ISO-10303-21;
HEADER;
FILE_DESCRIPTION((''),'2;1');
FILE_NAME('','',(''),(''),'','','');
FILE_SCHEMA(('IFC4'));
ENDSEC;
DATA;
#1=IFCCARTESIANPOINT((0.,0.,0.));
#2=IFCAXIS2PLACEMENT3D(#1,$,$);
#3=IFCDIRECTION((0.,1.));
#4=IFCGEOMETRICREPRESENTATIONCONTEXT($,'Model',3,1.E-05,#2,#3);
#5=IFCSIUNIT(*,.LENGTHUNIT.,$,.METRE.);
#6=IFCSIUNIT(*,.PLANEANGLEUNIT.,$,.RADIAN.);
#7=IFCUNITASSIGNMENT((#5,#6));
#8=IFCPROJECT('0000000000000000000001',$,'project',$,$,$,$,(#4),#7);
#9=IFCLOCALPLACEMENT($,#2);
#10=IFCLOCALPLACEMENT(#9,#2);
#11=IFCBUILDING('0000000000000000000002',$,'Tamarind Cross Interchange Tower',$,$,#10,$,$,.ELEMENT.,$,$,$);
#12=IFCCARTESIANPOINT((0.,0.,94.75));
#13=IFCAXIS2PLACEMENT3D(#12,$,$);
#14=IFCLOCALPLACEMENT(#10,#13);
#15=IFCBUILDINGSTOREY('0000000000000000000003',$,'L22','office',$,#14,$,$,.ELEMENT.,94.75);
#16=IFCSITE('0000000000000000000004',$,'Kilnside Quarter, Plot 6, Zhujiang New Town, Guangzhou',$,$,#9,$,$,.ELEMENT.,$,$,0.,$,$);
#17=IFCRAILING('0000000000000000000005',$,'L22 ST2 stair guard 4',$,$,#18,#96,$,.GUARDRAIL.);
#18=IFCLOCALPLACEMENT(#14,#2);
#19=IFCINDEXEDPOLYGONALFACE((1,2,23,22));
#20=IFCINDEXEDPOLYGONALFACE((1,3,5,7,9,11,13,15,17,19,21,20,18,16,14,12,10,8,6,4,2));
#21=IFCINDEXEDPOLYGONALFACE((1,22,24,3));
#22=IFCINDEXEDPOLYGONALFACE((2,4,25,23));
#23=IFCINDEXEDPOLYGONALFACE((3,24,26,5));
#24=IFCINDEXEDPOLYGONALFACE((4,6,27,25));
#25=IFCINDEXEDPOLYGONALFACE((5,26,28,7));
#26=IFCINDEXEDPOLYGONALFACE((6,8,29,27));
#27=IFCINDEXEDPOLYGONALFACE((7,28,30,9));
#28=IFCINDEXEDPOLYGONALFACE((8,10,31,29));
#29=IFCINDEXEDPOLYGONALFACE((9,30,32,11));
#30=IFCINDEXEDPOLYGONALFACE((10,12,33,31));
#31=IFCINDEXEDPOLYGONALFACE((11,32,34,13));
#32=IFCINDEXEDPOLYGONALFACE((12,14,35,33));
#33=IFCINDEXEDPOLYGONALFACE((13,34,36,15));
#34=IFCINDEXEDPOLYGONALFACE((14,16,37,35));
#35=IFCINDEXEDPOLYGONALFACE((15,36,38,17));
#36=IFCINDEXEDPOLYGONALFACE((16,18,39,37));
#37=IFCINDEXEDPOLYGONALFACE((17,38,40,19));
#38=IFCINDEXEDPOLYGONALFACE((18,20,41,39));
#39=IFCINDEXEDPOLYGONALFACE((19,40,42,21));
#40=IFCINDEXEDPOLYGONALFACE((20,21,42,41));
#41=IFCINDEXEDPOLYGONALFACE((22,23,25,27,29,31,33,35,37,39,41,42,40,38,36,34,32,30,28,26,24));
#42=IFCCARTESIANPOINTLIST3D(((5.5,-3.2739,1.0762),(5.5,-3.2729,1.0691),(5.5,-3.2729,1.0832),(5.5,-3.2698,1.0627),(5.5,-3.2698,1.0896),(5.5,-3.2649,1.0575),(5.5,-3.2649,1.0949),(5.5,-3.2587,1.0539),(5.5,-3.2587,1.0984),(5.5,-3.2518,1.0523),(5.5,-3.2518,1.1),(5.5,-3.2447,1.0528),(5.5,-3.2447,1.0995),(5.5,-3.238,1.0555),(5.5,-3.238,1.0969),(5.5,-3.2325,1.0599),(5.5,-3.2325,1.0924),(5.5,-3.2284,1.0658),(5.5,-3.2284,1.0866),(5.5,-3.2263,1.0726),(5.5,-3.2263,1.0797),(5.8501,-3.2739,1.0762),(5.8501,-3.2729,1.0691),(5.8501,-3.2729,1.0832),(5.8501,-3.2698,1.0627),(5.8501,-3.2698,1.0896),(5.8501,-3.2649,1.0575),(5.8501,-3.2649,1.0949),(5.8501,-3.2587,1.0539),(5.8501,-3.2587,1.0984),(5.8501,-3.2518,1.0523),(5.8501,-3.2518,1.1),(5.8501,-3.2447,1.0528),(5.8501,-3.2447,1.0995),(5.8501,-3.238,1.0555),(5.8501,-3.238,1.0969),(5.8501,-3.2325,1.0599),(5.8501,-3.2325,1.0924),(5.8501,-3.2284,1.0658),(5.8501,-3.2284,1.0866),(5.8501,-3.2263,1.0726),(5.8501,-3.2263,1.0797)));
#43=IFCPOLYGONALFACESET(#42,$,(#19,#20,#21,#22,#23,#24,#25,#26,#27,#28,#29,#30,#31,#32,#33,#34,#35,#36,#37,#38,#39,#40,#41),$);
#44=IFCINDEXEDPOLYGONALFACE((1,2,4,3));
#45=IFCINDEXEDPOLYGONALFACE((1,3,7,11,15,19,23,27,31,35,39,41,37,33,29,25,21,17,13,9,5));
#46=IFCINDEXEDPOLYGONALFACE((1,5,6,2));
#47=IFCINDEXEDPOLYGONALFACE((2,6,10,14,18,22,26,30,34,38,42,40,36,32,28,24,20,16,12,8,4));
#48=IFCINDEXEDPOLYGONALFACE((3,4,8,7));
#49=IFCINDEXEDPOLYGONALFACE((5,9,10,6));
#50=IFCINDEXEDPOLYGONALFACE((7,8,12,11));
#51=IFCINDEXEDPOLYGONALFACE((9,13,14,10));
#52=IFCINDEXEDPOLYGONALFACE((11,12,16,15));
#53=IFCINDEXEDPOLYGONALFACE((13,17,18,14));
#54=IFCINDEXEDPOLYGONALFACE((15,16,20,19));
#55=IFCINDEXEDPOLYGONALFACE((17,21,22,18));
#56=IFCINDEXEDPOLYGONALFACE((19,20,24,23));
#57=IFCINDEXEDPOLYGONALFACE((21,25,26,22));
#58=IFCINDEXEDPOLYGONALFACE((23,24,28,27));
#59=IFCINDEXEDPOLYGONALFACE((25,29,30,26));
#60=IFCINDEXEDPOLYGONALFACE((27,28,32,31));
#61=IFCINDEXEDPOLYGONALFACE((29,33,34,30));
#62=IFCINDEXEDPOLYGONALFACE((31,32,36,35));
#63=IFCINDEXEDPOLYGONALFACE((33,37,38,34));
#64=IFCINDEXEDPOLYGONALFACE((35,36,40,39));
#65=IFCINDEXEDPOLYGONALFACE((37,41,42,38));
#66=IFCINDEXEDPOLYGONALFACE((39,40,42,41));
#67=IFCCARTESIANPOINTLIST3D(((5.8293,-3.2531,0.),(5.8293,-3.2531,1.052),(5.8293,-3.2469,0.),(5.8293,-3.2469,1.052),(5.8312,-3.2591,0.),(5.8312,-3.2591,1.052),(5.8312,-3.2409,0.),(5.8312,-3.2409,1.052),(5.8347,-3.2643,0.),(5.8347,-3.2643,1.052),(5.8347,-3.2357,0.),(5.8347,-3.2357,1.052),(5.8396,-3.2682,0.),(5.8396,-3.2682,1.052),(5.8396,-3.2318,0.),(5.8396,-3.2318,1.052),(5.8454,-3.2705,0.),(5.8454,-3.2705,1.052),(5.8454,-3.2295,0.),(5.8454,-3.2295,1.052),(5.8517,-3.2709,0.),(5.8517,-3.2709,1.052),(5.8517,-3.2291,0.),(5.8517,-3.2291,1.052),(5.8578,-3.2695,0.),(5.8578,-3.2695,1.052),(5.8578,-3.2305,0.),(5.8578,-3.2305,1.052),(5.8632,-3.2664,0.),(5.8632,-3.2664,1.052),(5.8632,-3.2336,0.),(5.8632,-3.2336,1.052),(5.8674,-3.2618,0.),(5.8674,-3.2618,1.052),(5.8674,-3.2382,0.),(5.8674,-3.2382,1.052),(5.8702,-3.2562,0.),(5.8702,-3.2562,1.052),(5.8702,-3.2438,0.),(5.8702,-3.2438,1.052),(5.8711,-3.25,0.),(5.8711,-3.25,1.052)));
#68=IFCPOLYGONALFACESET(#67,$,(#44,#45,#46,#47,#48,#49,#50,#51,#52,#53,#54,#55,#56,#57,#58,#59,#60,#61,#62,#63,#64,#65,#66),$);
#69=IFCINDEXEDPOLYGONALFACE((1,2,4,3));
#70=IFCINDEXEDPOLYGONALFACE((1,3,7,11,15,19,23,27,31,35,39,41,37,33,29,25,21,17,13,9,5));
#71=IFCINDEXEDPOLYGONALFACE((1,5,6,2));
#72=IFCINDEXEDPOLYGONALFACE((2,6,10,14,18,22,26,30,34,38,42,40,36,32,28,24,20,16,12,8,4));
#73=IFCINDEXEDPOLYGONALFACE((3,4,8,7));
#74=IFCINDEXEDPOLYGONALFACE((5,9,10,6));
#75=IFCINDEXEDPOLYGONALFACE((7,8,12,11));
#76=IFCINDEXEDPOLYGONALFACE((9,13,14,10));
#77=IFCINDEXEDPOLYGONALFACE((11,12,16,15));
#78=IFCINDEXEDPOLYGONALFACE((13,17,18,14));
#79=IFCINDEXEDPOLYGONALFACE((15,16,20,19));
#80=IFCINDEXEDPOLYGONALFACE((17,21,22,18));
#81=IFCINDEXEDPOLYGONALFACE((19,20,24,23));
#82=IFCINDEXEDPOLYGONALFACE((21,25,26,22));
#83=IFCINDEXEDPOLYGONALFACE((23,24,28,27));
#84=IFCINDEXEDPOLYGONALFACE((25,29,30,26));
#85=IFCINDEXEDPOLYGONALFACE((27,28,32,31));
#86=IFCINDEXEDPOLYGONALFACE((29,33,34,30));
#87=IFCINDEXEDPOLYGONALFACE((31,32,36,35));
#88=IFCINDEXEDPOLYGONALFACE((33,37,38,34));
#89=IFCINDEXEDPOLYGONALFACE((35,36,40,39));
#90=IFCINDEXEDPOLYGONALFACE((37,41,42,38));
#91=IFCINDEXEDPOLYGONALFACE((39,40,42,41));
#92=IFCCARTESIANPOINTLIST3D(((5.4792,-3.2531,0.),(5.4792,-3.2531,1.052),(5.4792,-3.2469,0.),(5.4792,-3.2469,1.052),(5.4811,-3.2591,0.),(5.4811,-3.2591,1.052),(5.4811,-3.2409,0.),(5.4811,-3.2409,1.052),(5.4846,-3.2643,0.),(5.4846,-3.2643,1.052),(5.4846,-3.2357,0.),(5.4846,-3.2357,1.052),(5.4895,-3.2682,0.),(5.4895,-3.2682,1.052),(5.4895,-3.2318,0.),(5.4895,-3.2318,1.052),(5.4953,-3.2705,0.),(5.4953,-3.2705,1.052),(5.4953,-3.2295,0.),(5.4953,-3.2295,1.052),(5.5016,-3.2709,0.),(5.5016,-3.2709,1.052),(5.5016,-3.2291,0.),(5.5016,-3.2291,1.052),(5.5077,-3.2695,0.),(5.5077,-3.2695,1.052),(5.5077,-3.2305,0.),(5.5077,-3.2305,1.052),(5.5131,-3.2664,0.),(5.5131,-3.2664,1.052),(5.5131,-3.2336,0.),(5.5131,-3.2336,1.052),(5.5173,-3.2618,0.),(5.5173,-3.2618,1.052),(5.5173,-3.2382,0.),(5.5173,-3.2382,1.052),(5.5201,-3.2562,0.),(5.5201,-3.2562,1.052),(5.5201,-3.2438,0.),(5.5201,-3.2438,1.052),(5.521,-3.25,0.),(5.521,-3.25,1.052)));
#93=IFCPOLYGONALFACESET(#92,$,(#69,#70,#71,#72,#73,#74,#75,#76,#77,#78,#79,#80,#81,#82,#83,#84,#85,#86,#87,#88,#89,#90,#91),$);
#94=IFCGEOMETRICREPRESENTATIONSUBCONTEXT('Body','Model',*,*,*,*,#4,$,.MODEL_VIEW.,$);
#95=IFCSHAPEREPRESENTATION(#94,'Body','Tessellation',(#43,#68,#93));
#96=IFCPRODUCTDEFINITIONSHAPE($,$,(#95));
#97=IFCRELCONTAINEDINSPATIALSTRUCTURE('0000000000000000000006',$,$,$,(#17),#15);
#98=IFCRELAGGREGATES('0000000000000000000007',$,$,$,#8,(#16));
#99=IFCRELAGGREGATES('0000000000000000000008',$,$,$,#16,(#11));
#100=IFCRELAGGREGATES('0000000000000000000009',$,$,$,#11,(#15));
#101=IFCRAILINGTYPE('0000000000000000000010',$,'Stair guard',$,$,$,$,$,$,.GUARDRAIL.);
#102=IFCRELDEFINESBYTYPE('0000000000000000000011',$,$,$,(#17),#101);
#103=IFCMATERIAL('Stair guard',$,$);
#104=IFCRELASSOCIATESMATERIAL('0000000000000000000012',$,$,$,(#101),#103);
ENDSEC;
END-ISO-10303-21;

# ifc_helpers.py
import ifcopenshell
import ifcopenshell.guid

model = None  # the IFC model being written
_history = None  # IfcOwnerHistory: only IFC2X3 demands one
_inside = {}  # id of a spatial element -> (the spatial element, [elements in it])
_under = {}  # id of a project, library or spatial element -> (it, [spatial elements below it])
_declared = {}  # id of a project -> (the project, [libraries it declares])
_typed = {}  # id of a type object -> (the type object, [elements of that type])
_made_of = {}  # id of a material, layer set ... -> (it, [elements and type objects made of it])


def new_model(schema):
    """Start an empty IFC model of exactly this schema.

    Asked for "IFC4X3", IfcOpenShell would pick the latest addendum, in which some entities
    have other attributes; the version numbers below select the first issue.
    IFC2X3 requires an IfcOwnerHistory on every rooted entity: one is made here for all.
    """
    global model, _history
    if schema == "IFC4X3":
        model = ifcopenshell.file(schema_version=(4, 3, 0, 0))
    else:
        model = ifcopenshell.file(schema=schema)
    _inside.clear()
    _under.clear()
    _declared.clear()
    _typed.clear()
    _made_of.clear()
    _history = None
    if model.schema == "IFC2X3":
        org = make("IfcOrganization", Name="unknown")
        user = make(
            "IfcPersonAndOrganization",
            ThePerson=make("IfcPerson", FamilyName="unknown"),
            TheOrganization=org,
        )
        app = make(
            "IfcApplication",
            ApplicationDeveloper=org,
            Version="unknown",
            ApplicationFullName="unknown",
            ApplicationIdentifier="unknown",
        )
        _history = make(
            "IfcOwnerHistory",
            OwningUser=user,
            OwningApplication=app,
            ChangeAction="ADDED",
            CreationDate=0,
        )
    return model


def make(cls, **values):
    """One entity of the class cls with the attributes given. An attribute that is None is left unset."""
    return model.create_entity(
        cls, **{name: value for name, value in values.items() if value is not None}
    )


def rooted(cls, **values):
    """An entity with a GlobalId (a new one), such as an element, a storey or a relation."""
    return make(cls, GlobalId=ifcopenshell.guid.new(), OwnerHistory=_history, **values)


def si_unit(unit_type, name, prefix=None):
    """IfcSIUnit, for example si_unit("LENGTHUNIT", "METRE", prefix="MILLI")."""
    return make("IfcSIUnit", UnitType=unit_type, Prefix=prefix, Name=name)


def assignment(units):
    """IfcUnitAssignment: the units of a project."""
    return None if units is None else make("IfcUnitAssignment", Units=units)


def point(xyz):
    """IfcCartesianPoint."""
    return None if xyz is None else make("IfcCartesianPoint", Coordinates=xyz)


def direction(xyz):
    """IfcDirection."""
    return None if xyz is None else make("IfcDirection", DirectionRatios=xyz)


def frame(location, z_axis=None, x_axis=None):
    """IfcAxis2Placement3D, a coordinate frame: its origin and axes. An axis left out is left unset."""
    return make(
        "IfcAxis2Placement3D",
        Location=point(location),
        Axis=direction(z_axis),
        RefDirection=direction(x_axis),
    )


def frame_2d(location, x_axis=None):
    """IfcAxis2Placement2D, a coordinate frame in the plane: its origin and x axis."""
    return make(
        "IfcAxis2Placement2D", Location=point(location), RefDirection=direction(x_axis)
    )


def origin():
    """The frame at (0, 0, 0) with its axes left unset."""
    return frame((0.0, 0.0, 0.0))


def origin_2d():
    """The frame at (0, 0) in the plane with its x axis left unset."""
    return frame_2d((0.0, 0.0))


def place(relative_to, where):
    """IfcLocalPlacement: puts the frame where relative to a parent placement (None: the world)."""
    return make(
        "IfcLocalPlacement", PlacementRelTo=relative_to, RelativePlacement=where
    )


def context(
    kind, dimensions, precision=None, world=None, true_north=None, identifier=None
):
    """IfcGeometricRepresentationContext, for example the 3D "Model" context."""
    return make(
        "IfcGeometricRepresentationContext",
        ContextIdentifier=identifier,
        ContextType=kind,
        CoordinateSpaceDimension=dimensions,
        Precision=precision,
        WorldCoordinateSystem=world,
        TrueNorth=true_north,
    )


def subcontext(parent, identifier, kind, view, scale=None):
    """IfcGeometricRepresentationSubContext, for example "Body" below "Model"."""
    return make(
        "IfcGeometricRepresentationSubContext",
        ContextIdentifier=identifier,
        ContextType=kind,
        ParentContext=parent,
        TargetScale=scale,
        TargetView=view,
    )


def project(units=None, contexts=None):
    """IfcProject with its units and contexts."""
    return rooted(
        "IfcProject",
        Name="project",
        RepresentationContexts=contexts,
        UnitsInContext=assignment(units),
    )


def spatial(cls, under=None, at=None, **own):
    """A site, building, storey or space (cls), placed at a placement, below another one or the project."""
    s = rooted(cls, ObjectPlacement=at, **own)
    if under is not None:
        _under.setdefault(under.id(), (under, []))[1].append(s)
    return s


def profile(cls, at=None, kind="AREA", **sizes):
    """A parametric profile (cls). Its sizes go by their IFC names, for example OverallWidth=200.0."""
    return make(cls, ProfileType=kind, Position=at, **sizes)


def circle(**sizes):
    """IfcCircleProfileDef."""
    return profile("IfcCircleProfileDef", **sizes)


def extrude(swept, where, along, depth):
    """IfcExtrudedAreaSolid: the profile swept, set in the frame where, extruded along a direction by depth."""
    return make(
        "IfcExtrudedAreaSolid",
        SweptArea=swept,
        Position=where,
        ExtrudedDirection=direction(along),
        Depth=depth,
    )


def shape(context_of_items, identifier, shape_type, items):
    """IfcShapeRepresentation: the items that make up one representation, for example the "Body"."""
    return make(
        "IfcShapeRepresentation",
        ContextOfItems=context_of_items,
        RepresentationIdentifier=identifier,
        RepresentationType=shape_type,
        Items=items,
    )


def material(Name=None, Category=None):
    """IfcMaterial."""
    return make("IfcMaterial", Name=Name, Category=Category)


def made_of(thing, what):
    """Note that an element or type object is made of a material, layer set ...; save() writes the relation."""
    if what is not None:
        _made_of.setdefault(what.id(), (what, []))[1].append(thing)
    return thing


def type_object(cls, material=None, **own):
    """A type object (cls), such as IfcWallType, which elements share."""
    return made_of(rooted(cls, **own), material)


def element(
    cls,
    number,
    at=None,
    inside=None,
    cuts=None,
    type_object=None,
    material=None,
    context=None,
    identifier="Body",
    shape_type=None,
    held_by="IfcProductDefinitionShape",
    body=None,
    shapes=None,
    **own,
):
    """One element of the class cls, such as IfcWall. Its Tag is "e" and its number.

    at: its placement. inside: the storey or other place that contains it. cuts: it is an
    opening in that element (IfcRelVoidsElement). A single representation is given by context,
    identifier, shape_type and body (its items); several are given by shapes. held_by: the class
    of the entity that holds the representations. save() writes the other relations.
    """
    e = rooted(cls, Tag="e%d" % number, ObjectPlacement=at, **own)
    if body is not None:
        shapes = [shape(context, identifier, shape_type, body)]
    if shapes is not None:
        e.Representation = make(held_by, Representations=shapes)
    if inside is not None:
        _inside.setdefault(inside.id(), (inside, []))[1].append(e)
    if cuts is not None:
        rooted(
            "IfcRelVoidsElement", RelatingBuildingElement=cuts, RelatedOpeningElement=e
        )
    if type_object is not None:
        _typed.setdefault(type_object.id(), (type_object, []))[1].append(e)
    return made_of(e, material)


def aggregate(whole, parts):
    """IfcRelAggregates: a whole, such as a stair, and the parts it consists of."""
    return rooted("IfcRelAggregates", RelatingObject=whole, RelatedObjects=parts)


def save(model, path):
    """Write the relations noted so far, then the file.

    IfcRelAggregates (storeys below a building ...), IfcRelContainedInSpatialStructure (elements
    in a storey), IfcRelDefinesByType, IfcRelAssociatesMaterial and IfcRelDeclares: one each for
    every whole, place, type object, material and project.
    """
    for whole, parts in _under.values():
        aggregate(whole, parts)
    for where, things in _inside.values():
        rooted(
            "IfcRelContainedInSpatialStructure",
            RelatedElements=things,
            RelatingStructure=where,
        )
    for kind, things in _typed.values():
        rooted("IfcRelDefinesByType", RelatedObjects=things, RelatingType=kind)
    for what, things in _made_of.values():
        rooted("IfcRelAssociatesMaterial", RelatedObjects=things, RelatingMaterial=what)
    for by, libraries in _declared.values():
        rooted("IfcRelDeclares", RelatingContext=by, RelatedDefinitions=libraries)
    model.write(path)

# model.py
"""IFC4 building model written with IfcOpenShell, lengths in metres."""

from ifc_helpers import new_model, si_unit, direction, frame, origin, origin_2d, place, context, subcontext, project, spatial, circle, extrude, material, type_object, element, save


model = new_model("IFC4")

# Units and contexts
model_context = context("Model", 3, precision=1e-05, world=origin(), true_north=direction((0.0, 1.0)))
body_context = subcontext(model_context, "Body", "Model", "MODEL_VIEW")
ifc_project = project(units=[si_unit("LENGTHUNIT", "METRE"), si_unit("PLANEANGLEUNIT", "RADIAN")], contexts=[model_context])

# Site, building, storey
site_placement = place(None, origin())
site = spatial("IfcSite", under=ifc_project, at=site_placement, Name="Kilnside Quarter, Plot 6, Zhujiang New Town, Guangzhou", CompositionType="ELEMENT", RefElevation=0.0)
building_placement = place(site_placement, origin())
building = spatial("IfcBuilding", under=site, at=building_placement, Name="Tamarind Cross Interchange Tower", CompositionType="ELEMENT")
storey_placement = place(building_placement, frame((0.0, 0.0, 94.75)))
storey = spatial("IfcBuildingStorey", under=building, at=storey_placement, Name="L22", Description="office", CompositionType="ELEMENT", Elevation=94.75)

# Railing
ifc_material_1 = material(Name="Stair guard")
railing_type_1 = type_object("IfcRailingType", Name="Stair guard", PredefinedType="GUARDRAIL", material=ifc_material_1)
railing_1_placement = place(storey_placement, frame((5.8501, -3.25, 0.0)))
element("IfcRailing", 1, at=railing_1_placement, inside=storey, type_object=railing_type_1, Name="L22 ST2 stair guard 4", PredefinedType="GUARDRAIL", context=body_context, shape_type="SweptSolid", body=[
    extrude(circle(Radius=0.0239, at=origin_2d()), frame((0.0, 0.0, 1.0762), z_axis=(-1.0, 0.0, 0.0), x_axis=(0.0, -1.0, 0.0)), (0.0, 0.0, 1.0), 0.3501),
    extrude(circle(Radius=0.021, at=origin_2d()), origin(), (0.0, 0.0, 1.0), 1.052),
    extrude(circle(Radius=0.021, at=origin_2d()), frame((-0.3501, 0.0, 0.0)), (0.0, 0.0, 1.0), 1.052),
])

save(model, "model.ifc")
